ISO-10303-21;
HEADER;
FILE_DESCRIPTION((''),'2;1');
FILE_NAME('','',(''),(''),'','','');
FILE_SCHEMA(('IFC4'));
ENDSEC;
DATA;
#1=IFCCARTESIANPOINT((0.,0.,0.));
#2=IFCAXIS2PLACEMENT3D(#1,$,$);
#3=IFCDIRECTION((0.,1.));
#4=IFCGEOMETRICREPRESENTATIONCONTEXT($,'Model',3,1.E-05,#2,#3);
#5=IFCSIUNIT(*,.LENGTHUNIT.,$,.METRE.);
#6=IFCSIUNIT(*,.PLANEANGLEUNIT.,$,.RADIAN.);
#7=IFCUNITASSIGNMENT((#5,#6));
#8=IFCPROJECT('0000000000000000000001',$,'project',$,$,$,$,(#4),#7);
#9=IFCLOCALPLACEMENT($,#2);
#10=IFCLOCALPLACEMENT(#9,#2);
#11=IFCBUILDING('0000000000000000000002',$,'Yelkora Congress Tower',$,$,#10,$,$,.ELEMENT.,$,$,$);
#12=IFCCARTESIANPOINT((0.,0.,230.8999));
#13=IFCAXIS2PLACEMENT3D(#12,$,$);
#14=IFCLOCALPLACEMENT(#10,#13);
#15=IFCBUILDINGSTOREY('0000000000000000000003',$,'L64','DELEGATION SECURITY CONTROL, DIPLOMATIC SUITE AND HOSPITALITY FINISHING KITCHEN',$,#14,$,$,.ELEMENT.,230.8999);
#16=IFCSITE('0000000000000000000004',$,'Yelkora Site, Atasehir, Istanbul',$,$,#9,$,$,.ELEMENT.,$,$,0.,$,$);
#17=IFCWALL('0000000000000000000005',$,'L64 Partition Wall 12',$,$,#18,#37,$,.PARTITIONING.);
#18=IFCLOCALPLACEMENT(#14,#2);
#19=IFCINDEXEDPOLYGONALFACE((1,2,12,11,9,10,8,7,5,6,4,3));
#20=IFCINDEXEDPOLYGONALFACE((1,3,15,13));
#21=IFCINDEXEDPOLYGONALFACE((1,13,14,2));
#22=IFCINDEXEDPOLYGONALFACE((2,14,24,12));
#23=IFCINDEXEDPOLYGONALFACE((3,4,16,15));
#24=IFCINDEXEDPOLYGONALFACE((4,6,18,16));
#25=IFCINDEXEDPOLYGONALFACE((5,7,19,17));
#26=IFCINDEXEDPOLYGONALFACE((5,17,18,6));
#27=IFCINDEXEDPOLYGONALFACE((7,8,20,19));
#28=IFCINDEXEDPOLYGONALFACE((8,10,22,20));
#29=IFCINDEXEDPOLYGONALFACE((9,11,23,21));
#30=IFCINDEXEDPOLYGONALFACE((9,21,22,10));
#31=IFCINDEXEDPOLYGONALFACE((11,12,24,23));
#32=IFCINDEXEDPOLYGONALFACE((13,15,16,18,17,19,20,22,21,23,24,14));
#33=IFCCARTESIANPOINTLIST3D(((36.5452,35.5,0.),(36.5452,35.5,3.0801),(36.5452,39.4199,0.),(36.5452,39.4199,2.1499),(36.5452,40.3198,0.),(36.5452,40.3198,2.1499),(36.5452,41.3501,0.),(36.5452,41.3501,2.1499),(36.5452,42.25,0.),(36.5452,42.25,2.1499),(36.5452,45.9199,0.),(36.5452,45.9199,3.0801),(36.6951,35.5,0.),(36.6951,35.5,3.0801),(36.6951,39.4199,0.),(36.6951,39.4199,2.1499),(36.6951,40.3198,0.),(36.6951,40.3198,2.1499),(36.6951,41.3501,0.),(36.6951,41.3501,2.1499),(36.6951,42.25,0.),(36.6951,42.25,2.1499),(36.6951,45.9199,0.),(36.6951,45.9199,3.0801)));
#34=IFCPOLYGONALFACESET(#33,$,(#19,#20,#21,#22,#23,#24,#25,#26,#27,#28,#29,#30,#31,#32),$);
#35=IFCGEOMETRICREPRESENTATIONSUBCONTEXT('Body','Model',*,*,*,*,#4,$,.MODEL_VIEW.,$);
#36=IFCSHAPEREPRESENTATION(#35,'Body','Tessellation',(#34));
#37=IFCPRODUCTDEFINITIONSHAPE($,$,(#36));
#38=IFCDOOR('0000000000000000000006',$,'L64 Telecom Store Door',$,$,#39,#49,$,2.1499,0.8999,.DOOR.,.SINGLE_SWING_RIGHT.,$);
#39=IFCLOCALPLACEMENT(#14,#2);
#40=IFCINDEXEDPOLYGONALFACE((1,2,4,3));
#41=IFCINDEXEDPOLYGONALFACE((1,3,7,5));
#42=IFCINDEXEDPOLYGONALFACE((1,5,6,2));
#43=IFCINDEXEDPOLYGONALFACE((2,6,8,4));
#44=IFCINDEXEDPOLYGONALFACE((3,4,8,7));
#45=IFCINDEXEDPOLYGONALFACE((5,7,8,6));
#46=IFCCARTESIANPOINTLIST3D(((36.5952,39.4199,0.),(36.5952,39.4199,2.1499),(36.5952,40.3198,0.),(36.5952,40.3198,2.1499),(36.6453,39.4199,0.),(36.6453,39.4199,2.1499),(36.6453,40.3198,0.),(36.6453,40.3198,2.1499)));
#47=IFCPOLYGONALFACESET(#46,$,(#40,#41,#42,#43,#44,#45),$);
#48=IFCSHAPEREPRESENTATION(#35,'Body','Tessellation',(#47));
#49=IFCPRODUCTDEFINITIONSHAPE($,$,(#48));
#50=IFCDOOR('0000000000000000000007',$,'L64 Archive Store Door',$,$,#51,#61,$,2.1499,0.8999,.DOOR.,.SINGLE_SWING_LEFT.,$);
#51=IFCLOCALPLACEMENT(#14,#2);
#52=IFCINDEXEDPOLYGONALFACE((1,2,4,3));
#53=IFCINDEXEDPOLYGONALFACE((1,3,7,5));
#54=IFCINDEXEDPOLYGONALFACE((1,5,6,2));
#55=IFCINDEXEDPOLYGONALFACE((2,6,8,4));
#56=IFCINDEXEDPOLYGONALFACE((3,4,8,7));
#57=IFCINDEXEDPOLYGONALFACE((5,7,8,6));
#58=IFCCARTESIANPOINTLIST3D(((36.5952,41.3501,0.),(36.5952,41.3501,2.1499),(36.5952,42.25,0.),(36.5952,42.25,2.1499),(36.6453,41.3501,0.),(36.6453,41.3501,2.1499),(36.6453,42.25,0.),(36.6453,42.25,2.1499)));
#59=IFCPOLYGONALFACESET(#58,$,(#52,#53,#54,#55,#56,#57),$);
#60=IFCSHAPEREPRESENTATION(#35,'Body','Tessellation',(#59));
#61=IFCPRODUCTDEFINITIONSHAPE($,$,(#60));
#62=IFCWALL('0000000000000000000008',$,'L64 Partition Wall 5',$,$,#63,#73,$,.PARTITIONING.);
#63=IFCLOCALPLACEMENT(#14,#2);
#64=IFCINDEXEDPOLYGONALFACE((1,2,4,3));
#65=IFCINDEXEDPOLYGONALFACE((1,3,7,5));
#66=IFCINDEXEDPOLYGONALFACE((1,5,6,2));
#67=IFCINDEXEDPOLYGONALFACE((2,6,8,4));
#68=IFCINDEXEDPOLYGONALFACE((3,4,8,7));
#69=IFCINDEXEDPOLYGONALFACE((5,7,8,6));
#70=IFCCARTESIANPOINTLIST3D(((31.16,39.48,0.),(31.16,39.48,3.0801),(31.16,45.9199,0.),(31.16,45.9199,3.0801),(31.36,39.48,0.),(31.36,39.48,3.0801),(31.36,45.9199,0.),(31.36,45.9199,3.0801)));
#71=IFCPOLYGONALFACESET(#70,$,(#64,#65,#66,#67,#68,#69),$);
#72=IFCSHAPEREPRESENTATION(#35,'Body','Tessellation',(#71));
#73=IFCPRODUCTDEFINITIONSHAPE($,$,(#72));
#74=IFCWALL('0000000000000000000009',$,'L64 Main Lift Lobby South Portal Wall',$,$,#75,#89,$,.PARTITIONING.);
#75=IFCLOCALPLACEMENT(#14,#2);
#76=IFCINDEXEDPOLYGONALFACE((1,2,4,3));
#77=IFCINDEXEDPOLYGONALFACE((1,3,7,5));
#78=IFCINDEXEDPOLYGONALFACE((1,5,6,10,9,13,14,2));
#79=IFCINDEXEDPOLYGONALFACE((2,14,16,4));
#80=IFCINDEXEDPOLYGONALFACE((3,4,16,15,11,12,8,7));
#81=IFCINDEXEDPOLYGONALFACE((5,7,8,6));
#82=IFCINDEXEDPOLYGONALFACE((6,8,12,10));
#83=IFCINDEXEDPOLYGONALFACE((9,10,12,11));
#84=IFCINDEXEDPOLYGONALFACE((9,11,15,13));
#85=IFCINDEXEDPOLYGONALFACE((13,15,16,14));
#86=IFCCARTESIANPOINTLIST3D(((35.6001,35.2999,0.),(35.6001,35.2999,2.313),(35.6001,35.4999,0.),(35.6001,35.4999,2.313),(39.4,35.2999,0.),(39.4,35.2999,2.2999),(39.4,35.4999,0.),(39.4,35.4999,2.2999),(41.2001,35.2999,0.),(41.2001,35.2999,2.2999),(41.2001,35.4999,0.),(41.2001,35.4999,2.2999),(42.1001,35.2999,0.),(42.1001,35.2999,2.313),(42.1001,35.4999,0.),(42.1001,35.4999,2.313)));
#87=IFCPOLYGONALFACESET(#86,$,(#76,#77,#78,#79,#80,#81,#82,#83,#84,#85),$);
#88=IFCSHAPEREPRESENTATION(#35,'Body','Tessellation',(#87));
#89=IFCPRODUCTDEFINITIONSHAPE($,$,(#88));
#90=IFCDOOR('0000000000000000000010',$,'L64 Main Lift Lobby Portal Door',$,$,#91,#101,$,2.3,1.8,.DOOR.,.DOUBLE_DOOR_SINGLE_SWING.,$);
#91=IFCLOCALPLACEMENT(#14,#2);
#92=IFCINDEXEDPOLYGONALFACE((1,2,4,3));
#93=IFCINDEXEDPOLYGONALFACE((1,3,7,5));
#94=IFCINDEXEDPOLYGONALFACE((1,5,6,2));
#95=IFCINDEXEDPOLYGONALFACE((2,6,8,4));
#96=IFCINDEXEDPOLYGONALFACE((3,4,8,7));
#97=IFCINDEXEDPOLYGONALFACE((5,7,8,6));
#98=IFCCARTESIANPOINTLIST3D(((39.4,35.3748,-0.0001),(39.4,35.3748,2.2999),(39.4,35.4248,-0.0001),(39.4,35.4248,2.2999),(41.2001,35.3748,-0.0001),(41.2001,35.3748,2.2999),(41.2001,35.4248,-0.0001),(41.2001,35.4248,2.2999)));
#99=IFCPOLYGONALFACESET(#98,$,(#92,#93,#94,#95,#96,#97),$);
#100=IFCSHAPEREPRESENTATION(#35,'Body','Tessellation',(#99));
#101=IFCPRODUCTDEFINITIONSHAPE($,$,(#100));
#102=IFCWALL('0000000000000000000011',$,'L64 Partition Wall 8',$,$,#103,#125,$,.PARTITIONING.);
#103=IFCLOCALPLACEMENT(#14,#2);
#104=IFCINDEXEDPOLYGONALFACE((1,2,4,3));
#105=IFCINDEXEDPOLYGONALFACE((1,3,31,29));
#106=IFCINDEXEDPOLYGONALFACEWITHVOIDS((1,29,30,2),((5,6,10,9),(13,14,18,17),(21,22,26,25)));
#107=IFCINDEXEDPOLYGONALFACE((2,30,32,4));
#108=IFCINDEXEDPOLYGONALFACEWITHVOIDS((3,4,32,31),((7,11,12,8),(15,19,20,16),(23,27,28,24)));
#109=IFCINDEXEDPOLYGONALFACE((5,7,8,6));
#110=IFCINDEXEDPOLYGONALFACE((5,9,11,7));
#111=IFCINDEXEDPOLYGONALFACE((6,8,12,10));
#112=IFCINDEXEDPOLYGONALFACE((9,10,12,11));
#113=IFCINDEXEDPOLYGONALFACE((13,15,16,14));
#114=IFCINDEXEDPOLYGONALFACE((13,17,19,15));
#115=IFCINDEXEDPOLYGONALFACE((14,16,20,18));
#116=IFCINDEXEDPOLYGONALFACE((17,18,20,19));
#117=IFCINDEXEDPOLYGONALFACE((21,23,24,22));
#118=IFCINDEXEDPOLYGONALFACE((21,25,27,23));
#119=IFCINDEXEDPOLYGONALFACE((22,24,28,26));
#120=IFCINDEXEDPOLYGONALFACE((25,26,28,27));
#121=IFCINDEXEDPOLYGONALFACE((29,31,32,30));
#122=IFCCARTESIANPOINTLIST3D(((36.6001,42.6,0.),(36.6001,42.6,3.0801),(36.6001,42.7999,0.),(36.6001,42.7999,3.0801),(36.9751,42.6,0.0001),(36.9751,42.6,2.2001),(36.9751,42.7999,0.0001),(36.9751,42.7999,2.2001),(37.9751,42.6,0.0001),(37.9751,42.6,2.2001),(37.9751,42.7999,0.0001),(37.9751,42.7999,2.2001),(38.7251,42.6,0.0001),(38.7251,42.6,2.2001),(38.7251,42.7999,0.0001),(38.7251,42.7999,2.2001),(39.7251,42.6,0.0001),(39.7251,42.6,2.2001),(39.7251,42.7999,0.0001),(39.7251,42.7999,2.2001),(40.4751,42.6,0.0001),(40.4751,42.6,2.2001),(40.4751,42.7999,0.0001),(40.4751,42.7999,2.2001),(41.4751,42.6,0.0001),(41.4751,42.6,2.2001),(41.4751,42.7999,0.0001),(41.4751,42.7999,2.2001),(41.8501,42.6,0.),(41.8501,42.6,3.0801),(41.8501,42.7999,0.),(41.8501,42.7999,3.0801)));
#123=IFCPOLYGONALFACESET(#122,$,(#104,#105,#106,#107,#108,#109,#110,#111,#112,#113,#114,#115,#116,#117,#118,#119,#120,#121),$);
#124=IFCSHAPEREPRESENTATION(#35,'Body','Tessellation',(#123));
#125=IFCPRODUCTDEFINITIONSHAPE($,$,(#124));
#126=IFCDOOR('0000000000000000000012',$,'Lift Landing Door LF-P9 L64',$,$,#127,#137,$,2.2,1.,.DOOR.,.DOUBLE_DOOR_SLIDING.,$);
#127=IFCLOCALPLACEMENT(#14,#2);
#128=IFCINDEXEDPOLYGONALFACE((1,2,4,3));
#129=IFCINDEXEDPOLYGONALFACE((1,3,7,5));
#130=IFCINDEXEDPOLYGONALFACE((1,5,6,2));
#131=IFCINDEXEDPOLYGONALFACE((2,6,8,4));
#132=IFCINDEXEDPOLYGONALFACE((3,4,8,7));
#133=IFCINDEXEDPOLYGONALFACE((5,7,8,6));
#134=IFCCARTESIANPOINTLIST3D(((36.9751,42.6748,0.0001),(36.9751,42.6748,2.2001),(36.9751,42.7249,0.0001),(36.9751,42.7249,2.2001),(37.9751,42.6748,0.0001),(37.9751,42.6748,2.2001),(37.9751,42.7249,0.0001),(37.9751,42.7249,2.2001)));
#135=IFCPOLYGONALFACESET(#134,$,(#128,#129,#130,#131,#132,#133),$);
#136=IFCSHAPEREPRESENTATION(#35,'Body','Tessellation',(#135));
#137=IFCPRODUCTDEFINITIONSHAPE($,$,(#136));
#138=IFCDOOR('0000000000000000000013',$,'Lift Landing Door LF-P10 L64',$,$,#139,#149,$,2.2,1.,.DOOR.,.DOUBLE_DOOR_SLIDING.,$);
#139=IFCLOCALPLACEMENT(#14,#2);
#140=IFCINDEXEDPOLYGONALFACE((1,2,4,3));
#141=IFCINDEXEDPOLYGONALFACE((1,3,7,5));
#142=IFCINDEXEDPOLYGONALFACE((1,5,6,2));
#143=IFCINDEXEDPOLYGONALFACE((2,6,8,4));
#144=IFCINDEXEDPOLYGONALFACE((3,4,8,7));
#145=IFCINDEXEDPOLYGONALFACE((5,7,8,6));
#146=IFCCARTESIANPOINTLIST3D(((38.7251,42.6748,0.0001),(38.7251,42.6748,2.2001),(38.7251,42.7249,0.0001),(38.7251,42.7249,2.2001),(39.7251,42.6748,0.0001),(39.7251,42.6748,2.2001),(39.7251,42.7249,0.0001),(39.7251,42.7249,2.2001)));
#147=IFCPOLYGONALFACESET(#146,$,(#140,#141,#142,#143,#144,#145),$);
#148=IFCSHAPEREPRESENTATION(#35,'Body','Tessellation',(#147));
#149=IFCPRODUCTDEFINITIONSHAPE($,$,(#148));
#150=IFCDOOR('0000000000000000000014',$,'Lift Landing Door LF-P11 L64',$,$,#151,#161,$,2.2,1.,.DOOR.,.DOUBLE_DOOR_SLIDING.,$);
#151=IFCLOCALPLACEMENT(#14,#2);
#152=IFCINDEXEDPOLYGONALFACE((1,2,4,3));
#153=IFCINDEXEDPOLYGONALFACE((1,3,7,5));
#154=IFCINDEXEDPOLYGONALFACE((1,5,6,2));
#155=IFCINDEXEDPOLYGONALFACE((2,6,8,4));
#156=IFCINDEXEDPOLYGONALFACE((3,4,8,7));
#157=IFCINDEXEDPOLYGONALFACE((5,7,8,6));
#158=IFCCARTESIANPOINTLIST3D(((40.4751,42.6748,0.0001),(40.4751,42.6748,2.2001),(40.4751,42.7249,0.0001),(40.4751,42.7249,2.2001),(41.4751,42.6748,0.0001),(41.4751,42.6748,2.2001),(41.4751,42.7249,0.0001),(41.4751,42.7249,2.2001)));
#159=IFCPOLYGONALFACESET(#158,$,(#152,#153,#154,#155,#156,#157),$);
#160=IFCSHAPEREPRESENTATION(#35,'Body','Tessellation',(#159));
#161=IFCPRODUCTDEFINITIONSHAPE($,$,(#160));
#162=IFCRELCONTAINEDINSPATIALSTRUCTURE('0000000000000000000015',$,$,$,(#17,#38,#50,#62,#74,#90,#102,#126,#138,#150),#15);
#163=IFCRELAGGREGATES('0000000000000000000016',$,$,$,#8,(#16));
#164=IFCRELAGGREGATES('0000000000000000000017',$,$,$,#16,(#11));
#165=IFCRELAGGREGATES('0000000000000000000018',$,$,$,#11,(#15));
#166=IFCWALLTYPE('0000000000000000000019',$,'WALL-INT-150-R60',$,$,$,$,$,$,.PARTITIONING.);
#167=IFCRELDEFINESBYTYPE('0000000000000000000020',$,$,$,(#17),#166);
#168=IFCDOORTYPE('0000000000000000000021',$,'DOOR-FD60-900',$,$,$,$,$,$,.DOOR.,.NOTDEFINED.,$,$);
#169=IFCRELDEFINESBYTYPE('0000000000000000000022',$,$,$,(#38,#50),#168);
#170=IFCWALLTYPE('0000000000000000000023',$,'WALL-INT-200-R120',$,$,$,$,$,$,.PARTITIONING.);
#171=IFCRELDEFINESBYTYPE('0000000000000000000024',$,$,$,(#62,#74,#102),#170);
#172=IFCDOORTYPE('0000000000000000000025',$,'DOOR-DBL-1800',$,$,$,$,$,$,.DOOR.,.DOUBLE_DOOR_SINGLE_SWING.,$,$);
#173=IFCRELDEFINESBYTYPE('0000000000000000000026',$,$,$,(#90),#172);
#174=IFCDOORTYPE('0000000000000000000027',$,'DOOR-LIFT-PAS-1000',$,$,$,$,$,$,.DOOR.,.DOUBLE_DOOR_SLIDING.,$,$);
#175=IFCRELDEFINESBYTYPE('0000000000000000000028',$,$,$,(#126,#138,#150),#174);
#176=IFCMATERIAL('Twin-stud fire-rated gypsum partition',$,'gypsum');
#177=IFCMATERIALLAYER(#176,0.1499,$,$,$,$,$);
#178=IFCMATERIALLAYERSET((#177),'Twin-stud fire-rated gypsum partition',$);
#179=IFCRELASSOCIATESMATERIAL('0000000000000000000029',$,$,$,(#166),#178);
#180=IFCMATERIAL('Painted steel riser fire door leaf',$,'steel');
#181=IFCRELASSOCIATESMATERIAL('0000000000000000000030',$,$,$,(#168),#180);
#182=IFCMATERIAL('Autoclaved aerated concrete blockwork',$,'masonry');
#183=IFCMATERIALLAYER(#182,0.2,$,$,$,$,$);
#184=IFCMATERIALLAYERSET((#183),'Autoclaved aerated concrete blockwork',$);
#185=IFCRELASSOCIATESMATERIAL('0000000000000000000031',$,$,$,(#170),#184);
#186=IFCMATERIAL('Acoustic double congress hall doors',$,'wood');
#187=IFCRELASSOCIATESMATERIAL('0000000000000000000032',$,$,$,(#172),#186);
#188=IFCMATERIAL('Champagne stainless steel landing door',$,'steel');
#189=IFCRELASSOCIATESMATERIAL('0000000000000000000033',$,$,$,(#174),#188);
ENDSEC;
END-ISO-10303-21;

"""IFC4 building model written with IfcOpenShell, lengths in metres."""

from ifc_helpers import new_model, si_unit, direction, frame, frame_2d, origin, place, context, subcontext, project, spatial, rectangle, extrude, material, layer, layer_set, type_object, element, fill, save


model = new_model("IFC4")

# Units and contexts
model_context = context("Model", 3, precision=1e-05, world=origin(), true_north=direction((0.0, 1.0)))
body_context = subcontext(model_context, "Body", "Model", "MODEL_VIEW")
ifc_project = project(units=[si_unit("LENGTHUNIT", "METRE"), si_unit("PLANEANGLEUNIT", "RADIAN")], contexts=[model_context])

# Site, building, storey
site_placement = place(None, origin())
site = spatial("IfcSite", under=ifc_project, at=site_placement, Name="Yelkora Site, Atasehir, Istanbul", CompositionType="ELEMENT", RefElevation=0.0)
building_placement = place(site_placement, origin())
building = spatial("IfcBuilding", under=site, at=building_placement, Name="Yelkora Congress Tower", CompositionType="ELEMENT")
storey_placement = place(building_placement, frame((0.0, 0.0, 230.8999)))
storey = spatial("IfcBuildingStorey", under=building, at=storey_placement, Name="L64", Description="DELEGATION SECURITY CONTROL, DIPLOMATIC SUITE AND HOSPITALITY FINISHING KITCHEN", CompositionType="ELEMENT", Elevation=230.8999)

# Shared definitions
ifc_material_1 = material(Name="Twin-stud fire-rated gypsum partition", Category="gypsum")
ifc_layer_1 = layer(ifc_material_1, 0.1499)
ifc_layer_set_1 = layer_set([ifc_layer_1], Name="Twin-stud fire-rated gypsum partition")
wall_type_1 = type_object("IfcWallType", Name="WALL-INT-150-R60", PredefinedType="PARTITIONING", material=ifc_layer_set_1)

# Wall, openings, doors
wall_1_placement = place(storey_placement, frame((36.6201, 35.5, 0.0), z_axis=(0.0, 0.0, 1.0), x_axis=(0.0, 1.0, 0.0)))
wall_1 = element("IfcWall", 1, at=wall_1_placement, inside=storey, type_object=wall_type_1, Name="L64 Partition Wall 12", PredefinedType="PARTITIONING", context=body_context, shape_type="SweptSolid", body=[
    extrude(rectangle(XDim=10.4199, YDim=0.1499, at=frame_2d((5.21, 0.0))), origin(), (0.0, 0.0, 1.0), 3.0801),
])
opening_1_placement = place(wall_1_placement, frame((3.9199, 0.0, 0.0)))
opening_1 = element("IfcOpeningElement", 2, at=opening_1_placement, cuts=wall_1, PredefinedType="OPENING", context=body_context, shape_type="SweptSolid", body=[
    extrude(rectangle(XDim=0.8999, YDim=2.1499, at=frame_2d((0.45, 1.075))), frame((0.0, 0.085, 0.0), z_axis=(0.0, -1.0, 0.0), x_axis=(1.0, 0.0, 0.0)), (0.0, 0.0, 1.0), 0.1699),
])
opening_2_placement = place(wall_1_placement, frame((5.8501, 0.0, 0.0)))
opening_2 = element("IfcOpeningElement", 3, at=opening_2_placement, cuts=wall_1, PredefinedType="OPENING", context=body_context, shape_type="SweptSolid", body=[
    extrude(rectangle(XDim=0.8999, YDim=2.1499, at=frame_2d((0.45, 1.075))), frame((0.0, 0.085, 0.0), z_axis=(0.0, -1.0, 0.0), x_axis=(1.0, 0.0, 0.0)), (0.0, 0.0, 1.0), 0.1699),
])
ifc_material_2 = material(Name="Painted steel riser fire door leaf", Category="steel")
door_type_1 = type_object("IfcDoorType", Name="DOOR-FD60-900", OperationType="NOTDEFINED", PredefinedType="DOOR", material=ifc_material_2)
door_1_placement = place(opening_1_placement, origin())
door_1 = element("IfcDoor", 4, at=door_1_placement, inside=storey, type_object=door_type_1, Name="L64 Telecom Store Door", OperationType="SINGLE_SWING_RIGHT", OverallHeight=2.1499, OverallWidth=0.8999, PredefinedType="DOOR", context=body_context, shape_type="SweptSolid", body=[
    extrude(rectangle(XDim=0.8999, YDim=2.1499, at=frame_2d((0.45, 1.075))), frame((0.0, 0.0249, 0.0), z_axis=(0.0, -1.0, 0.0), x_axis=(1.0, 0.0, 0.0)), (0.0, 0.0, 1.0), 0.05),
])
fill(opening_1, door_1)
door_2_placement = place(opening_2_placement, origin())
door_2 = element("IfcDoor", 5, at=door_2_placement, inside=storey, type_object=door_type_1, Name="L64 Archive Store Door", OperationType="SINGLE_SWING_LEFT", OverallHeight=2.1499, OverallWidth=0.8999, PredefinedType="DOOR", context=body_context, shape_type="SweptSolid", body=[
    extrude(rectangle(XDim=0.8999, YDim=2.1499, at=frame_2d((0.45, 1.075))), frame((0.0, 0.0249, 0.0), z_axis=(0.0, -1.0, 0.0), x_axis=(1.0, 0.0, 0.0)), (0.0, 0.0, 1.0), 0.05),
])
fill(opening_2, door_2)

# Wall
ifc_material_3 = material(Name="Autoclaved aerated concrete blockwork", Category="masonry")
ifc_layer_2 = layer(ifc_material_3, 0.2)
ifc_layer_set_2 = layer_set([ifc_layer_2], Name="Autoclaved aerated concrete blockwork")
wall_type_2 = type_object("IfcWallType", Name="WALL-INT-200-R120", PredefinedType="PARTITIONING", material=ifc_layer_set_2)
wall_2_placement = place(storey_placement, frame((31.26, 39.48, 0.0), z_axis=(0.0, 0.0, 1.0), x_axis=(0.0, 1.0, 0.0)))
element("IfcWall", 6, at=wall_2_placement, inside=storey, type_object=wall_type_2, Name="L64 Partition Wall 5", PredefinedType="PARTITIONING", context=body_context, shape_type="SweptSolid", body=[
    extrude(rectangle(XDim=6.4399, YDim=0.2, at=frame_2d((3.22, 0.0))), origin(), (0.0, 0.0, 1.0), 3.0801),
])

# Wall, opening, door
wall_3_placement = place(storey_placement, frame((35.6001, 35.3999, 0.0), z_axis=(0.0, 0.0, 1.0), x_axis=(1.0, 0.0, 0.0)))
wall_3 = element("IfcWall", 7, at=wall_3_placement, inside=storey, type_object=wall_type_2, Name="L64 Main Lift Lobby South Portal Wall", PredefinedType="PARTITIONING", context=body_context, shape_type="SweptSolid", body=[
    extrude(rectangle(XDim=6.5, YDim=0.2, at=frame_2d((3.25, 0.0))), origin(), (0.0, 0.0, 1.0), 2.313),
])
opening_3_placement = place(wall_3_placement, frame((3.8, 0.0, 0.0)))
opening_3 = element("IfcOpeningElement", 8, at=opening_3_placement, cuts=wall_3, PredefinedType="OPENING", context=body_context, shape_type="SweptSolid", body=[
    extrude(rectangle(XDim=1.8, YDim=2.3, at=frame_2d((0.8999, 1.1499))), frame((0.0, 0.1099, 0.0), z_axis=(0.0, -1.0, 0.0), x_axis=(1.0, 0.0, 0.0)), (0.0, 0.0, 1.0), 0.22),
])
ifc_material_4 = material(Name="Acoustic double congress hall doors", Category="wood")
door_type_2 = type_object("IfcDoorType", Name="DOOR-DBL-1800", OperationType="DOUBLE_DOOR_SINGLE_SWING", PredefinedType="DOOR", material=ifc_material_4)
door_3_placement = place(opening_3_placement, origin())
door_3 = element("IfcDoor", 9, at=door_3_placement, inside=storey, type_object=door_type_2, Name="L64 Main Lift Lobby Portal Door", OperationType="DOUBLE_DOOR_SINGLE_SWING", OverallHeight=2.3, OverallWidth=1.8, PredefinedType="DOOR", context=body_context, shape_type="SweptSolid", body=[
    extrude(rectangle(XDim=1.8, YDim=2.3, at=frame_2d((0.8999, 1.1499))), frame((0.0, 0.0249, 0.0), z_axis=(0.0, -1.0, 0.0), x_axis=(1.0, 0.0, 0.0)), (0.0, 0.0, 1.0), 0.05),
])
fill(opening_3, door_3)

# Wall, openings, doors
wall_4_placement = place(storey_placement, frame((36.6001, 42.7, 0.0), z_axis=(0.0, 0.0, 1.0), x_axis=(1.0, 0.0, 0.0)))
wall_4 = element("IfcWall", 10, at=wall_4_placement, inside=storey, type_object=wall_type_2, Name="L64 Partition Wall 8", PredefinedType="PARTITIONING", context=body_context, shape_type="SweptSolid", body=[
    extrude(rectangle(XDim=5.25, YDim=0.2, at=frame_2d((2.625, 0.0))), origin(), (0.0, 0.0, 1.0), 3.0801),
])
opening_4_placement = place(wall_4_placement, frame((0.375, 0.0, 0.0)))
opening_4 = element("IfcOpeningElement", 11, at=opening_4_placement, cuts=wall_4, PredefinedType="OPENING", context=body_context, shape_type="SweptSolid", body=[
    extrude(rectangle(XDim=1.0, YDim=2.2, at=frame_2d((0.5, 1.1001))), frame((0.0, 0.1099, 0.0), z_axis=(0.0, -1.0, 0.0), x_axis=(1.0, 0.0, 0.0)), (0.0, 0.0, 1.0), 0.22),
])
opening_5_placement = place(wall_4_placement, frame((2.125, 0.0, 0.0)))
opening_5 = element("IfcOpeningElement", 12, at=opening_5_placement, cuts=wall_4, PredefinedType="OPENING", context=body_context, shape_type="SweptSolid", body=[
    extrude(rectangle(XDim=1.0, YDim=2.2, at=frame_2d((0.5, 1.1001))), frame((0.0, 0.1099, 0.0), z_axis=(0.0, -1.0, 0.0), x_axis=(1.0, 0.0, 0.0)), (0.0, 0.0, 1.0), 0.22),
])
opening_6_placement = place(wall_4_placement, frame((3.875, 0.0, 0.0)))
opening_6 = element("IfcOpeningElement", 13, at=opening_6_placement, cuts=wall_4, PredefinedType="OPENING", context=body_context, shape_type="SweptSolid", body=[
    extrude(rectangle(XDim=1.0, YDim=2.2, at=frame_2d((0.5, 1.1001))), frame((0.0, 0.1099, 0.0), z_axis=(0.0, -1.0, 0.0), x_axis=(1.0, 0.0, 0.0)), (0.0, 0.0, 1.0), 0.22),
])
ifc_material_5 = material(Name="Champagne stainless steel landing door", Category="steel")
door_type_3 = type_object("IfcDoorType", Name="DOOR-LIFT-PAS-1000", OperationType="DOUBLE_DOOR_SLIDING", PredefinedType="DOOR", material=ifc_material_5)
door_4_placement = place(opening_4_placement, origin())
door_4 = element("IfcDoor", 14, at=door_4_placement, inside=storey, type_object=door_type_3, Name="Lift Landing Door LF-P9 L64", OperationType="DOUBLE_DOOR_SLIDING", OverallHeight=2.2, OverallWidth=1.0, PredefinedType="DOOR", context=body_context, shape_type="SweptSolid", body=[
    extrude(rectangle(XDim=1.0, YDim=2.2, at=frame_2d((0.5, 1.1001))), frame((0.0, 0.0249, 0.0), z_axis=(0.0, -1.0, 0.0), x_axis=(1.0, 0.0, 0.0)), (0.0, 0.0, 1.0), 0.05),
])
fill(opening_4, door_4)
door_5_placement = place(opening_5_placement, origin())
door_5 = element("IfcDoor", 15, at=door_5_placement, inside=storey, type_object=door_type_3, Name="Lift Landing Door LF-P10 L64", OperationType="DOUBLE_DOOR_SLIDING", OverallHeight=2.2, OverallWidth=1.0, PredefinedType="DOOR", context=body_context, shape_type="SweptSolid", body=[
    extrude(rectangle(XDim=1.0, YDim=2.2, at=frame_2d((0.5, 1.1001))), frame((0.0, 0.0249, 0.0), z_axis=(0.0, -1.0, 0.0), x_axis=(1.0, 0.0, 0.0)), (0.0, 0.0, 1.0), 0.05),
])
fill(opening_5, door_5)
door_6_placement = place(opening_6_placement, origin())
door_6 = element("IfcDoor", 16, at=door_6_placement, inside=storey, type_object=door_type_3, Name="Lift Landing Door LF-P11 L64", OperationType="DOUBLE_DOOR_SLIDING", OverallHeight=2.2, OverallWidth=1.0, PredefinedType="DOOR", context=body_context, shape_type="SweptSolid", body=[
    extrude(rectangle(XDim=1.0, YDim=2.2, at=frame_2d((0.5, 1.1001))), frame((0.0, 0.0249, 0.0), z_axis=(0.0, -1.0, 0.0), x_axis=(1.0, 0.0, 0.0)), (0.0, 0.0, 1.0), 0.05),
])
fill(opening_6, door_6)

save(model, "model.ifc")
